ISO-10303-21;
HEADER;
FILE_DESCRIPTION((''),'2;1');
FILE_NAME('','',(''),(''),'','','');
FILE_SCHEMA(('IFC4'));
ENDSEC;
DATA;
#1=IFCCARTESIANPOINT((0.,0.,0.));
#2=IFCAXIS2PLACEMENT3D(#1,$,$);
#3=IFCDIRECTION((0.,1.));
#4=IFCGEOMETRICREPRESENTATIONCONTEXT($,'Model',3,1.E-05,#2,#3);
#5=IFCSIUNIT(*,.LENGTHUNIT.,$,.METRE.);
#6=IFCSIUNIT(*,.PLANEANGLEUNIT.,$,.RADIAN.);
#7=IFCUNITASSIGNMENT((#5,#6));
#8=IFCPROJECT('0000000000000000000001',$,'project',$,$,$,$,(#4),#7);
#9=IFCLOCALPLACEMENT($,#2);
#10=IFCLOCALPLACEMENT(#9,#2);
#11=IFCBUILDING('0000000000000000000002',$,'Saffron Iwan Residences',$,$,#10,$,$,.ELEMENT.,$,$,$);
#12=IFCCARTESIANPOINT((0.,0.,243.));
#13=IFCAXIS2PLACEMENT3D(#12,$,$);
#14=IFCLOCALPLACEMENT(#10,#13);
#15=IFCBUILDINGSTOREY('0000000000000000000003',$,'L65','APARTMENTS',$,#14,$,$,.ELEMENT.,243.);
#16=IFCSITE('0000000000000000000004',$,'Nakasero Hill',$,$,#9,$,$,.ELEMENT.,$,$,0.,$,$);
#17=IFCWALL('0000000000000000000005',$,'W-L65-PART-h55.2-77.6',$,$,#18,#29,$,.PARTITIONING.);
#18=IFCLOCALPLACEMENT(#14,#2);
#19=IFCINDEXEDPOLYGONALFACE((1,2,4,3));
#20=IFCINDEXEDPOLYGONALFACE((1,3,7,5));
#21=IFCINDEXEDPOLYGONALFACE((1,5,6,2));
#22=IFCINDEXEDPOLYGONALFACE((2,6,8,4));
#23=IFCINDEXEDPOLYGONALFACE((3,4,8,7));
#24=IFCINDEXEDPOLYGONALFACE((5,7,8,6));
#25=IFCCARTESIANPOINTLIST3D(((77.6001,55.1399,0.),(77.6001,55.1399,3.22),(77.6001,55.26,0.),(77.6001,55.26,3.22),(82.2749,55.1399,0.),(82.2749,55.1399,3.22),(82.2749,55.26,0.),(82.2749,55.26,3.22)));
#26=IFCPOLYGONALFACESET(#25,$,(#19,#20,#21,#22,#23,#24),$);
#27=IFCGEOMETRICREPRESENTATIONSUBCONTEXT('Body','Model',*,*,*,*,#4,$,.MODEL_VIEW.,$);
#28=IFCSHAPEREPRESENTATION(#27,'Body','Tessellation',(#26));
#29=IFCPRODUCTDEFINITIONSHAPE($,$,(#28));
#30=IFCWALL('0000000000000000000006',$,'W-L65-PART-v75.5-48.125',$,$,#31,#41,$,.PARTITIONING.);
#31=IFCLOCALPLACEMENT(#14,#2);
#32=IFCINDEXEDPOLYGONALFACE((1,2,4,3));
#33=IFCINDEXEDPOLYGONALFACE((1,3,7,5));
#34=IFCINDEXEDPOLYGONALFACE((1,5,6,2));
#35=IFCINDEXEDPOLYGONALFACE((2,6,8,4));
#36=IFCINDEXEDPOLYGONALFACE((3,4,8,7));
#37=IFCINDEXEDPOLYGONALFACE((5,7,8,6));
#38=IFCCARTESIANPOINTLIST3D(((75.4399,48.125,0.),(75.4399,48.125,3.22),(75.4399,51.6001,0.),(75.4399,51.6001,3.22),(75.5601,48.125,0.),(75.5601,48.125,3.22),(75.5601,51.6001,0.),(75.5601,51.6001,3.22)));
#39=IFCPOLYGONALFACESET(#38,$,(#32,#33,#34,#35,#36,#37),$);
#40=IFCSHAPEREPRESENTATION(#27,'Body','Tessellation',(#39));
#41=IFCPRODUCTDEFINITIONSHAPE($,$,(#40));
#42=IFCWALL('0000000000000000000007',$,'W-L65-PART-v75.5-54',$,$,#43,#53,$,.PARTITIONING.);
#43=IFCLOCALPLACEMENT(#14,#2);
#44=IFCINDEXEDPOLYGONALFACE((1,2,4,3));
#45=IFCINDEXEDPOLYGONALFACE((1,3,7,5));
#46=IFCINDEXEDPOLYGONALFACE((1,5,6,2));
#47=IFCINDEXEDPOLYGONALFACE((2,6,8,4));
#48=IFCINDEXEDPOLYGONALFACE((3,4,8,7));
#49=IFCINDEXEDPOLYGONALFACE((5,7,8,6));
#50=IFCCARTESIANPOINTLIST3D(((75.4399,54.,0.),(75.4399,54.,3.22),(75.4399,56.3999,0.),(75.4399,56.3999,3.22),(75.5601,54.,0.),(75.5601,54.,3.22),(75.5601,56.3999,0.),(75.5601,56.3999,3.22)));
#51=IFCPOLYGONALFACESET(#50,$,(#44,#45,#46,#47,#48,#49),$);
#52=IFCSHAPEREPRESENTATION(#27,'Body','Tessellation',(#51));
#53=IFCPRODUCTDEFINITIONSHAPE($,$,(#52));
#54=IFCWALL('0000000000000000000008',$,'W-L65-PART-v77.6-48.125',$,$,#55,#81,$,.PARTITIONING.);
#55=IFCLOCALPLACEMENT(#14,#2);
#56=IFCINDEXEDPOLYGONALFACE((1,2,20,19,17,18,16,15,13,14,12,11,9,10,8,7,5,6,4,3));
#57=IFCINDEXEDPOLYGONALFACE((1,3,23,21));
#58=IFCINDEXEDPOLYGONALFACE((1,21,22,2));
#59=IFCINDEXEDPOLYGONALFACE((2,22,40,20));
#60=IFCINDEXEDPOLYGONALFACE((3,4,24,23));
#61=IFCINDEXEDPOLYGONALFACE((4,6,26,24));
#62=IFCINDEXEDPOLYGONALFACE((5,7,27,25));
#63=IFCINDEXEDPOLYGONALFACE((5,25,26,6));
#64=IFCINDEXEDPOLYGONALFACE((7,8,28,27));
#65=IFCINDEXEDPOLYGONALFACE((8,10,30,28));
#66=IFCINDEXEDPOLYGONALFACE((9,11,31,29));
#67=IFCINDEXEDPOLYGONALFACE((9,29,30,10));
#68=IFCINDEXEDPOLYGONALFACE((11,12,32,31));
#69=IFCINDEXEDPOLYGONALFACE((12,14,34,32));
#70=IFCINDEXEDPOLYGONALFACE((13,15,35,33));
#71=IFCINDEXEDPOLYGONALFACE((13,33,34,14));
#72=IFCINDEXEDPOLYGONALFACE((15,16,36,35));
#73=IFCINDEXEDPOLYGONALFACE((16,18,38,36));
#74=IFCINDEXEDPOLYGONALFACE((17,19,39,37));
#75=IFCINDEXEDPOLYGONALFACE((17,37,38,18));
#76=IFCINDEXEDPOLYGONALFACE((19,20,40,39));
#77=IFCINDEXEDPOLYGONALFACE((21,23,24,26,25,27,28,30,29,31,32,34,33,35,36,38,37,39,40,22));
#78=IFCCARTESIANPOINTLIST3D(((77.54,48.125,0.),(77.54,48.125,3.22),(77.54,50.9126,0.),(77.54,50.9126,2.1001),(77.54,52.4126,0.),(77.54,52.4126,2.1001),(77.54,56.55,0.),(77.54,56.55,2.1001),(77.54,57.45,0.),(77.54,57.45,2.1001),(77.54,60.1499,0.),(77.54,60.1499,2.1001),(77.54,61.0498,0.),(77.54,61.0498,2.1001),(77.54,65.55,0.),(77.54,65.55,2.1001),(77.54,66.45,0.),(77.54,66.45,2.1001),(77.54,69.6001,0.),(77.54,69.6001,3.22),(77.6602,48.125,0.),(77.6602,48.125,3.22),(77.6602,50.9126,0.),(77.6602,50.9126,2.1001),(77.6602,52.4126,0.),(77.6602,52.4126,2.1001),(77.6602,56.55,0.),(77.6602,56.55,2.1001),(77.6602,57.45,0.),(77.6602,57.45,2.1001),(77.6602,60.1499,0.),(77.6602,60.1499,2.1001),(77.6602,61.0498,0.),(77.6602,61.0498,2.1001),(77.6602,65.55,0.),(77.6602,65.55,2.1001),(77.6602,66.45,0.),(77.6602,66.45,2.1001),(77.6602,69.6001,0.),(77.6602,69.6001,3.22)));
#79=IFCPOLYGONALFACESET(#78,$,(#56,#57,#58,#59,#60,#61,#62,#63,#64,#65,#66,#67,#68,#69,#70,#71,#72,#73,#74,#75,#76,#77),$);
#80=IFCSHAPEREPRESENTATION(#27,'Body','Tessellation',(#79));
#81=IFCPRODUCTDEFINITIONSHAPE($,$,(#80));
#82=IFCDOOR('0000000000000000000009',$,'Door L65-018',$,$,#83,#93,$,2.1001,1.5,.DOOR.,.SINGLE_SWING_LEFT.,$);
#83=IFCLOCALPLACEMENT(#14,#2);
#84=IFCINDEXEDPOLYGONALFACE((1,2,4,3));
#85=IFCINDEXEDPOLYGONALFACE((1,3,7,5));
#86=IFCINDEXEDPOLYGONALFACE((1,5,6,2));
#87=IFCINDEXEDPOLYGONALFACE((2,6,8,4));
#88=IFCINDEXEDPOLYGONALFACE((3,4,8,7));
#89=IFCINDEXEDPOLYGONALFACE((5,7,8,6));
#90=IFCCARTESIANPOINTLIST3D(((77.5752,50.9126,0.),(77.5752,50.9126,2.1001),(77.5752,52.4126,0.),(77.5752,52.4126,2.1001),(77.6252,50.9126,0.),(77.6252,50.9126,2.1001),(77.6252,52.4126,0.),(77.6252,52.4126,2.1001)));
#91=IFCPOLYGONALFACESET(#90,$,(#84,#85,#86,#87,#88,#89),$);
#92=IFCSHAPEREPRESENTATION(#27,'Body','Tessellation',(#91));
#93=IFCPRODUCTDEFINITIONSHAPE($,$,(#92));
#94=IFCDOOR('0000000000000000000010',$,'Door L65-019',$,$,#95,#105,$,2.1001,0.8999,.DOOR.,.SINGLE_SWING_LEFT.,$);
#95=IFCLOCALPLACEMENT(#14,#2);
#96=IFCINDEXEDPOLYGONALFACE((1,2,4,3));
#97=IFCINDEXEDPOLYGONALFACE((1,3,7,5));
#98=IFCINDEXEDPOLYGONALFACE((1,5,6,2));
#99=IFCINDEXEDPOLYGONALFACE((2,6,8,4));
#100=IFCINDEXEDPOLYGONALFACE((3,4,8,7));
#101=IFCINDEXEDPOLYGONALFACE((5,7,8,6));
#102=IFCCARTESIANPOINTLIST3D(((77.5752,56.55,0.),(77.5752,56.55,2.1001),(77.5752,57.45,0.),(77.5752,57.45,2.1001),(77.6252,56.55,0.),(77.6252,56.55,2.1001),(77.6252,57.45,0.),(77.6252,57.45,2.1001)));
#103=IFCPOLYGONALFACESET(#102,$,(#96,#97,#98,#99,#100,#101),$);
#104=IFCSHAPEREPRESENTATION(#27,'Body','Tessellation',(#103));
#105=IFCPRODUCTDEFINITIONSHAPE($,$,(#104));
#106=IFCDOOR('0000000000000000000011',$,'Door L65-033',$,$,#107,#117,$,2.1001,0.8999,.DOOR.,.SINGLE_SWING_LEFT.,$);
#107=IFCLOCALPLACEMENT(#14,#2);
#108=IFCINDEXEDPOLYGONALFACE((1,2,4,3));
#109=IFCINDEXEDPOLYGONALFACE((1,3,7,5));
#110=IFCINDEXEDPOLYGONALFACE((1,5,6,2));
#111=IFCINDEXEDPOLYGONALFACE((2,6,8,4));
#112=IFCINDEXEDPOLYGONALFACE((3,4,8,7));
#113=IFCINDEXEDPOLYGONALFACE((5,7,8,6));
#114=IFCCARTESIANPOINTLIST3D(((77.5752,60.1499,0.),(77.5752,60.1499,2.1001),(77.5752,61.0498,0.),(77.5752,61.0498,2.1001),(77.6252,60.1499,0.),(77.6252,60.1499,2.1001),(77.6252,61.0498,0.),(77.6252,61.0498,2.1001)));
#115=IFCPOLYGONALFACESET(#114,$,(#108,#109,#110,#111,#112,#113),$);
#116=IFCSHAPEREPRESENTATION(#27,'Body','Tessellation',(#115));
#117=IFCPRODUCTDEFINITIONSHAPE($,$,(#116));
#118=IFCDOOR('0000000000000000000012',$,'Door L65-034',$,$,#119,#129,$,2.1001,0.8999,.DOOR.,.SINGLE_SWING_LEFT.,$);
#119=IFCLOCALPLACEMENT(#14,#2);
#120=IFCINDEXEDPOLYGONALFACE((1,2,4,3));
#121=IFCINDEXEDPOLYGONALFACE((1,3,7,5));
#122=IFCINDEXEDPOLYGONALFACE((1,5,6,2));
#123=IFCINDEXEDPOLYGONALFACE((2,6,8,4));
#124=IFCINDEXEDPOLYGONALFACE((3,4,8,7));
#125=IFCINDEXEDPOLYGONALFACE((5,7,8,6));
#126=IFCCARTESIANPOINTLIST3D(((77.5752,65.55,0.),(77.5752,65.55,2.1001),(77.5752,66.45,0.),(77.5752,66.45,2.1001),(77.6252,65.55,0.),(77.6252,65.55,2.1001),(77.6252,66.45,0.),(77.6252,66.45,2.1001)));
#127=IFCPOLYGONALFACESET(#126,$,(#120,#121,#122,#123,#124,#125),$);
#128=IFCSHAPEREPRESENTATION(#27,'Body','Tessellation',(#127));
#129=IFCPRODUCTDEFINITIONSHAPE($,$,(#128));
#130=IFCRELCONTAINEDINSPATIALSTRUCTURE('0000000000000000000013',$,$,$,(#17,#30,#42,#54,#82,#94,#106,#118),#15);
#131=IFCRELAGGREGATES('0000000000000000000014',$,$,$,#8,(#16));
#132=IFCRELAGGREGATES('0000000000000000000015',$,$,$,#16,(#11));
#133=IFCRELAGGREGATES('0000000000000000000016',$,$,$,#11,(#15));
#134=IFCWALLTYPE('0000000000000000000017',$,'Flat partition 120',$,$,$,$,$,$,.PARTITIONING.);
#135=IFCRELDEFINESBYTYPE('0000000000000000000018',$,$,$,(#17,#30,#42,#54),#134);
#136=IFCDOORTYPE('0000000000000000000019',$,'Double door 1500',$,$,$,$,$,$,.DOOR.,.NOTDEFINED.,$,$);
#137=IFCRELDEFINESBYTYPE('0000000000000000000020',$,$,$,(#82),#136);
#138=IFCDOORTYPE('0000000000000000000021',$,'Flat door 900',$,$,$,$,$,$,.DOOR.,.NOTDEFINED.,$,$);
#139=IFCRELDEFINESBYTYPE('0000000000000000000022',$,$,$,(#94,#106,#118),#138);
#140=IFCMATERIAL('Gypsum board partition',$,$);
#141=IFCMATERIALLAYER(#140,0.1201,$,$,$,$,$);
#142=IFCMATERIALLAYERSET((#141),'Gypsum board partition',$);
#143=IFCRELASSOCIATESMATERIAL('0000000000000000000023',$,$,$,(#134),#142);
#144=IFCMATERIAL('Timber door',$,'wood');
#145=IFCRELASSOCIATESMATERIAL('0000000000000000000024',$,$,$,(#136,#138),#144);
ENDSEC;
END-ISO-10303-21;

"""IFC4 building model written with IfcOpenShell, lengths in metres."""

from ifc_helpers import new_model, si_unit, direction, frame, frame_2d, origin, place, context, subcontext, project, spatial, rectangle, extrude, material, layer, layer_set, type_object, element, fill, save


model = new_model("IFC4")

# Units and contexts
model_context = context("Model", 3, precision=1e-05, world=origin(), true_north=direction((0.0, 1.0)))
body_context = subcontext(model_context, "Body", "Model", "MODEL_VIEW")
ifc_project = project(units=[si_unit("LENGTHUNIT", "METRE"), si_unit("PLANEANGLEUNIT", "RADIAN")], contexts=[model_context])

# Site, building, storey
site_placement = place(None, origin())
site = spatial("IfcSite", under=ifc_project, at=site_placement, Name="Nakasero Hill", CompositionType="ELEMENT", RefElevation=0.0)
building_placement = place(site_placement, origin())
building = spatial("IfcBuilding", under=site, at=building_placement, Name="Saffron Iwan Residences", CompositionType="ELEMENT")
storey_placement = place(building_placement, frame((0.0, 0.0, 243.0)))
storey = spatial("IfcBuildingStorey", under=building, at=storey_placement, Name="L65", Description="APARTMENTS", CompositionType="ELEMENT", Elevation=243.0)

# Walls
ifc_material_1 = material(Name="Gypsum board partition")
ifc_layer_1 = layer(ifc_material_1, 0.1201)
ifc_layer_set_1 = layer_set([ifc_layer_1], Name="Gypsum board partition")
wall_type_1 = type_object("IfcWallType", Name="Flat partition 120", PredefinedType="PARTITIONING", material=ifc_layer_set_1)
wall_1_placement = place(storey_placement, frame((77.6001, 55.2, 0.0), z_axis=(0.0, 0.0, 1.0), x_axis=(1.0, 0.0, 0.0)))
element("IfcWall", 1, at=wall_1_placement, inside=storey, type_object=wall_type_1, Name="W-L65-PART-h55.2-77.6", PredefinedType="PARTITIONING", context=body_context, shape_type="SweptSolid", body=[
    extrude(rectangle(XDim=4.6748, YDim=0.1201, at=frame_2d((2.3374, 0.0))), origin(), (0.0, 0.0, 1.0), 3.22),
])
wall_2_placement = place(storey_placement, frame((75.5, 48.125, 0.0), z_axis=(0.0, 0.0, 1.0), x_axis=(0.0, 1.0, 0.0)))
element("IfcWall", 2, at=wall_2_placement, inside=storey, type_object=wall_type_1, Name="W-L65-PART-v75.5-48.125", PredefinedType="PARTITIONING", context=body_context, shape_type="SweptSolid", body=[
    extrude(rectangle(XDim=3.4751, YDim=0.1201, at=frame_2d((1.7375, 0.0))), origin(), (0.0, 0.0, 1.0), 3.22),
])
wall_3_placement = place(storey_placement, frame((75.5, 54.0, 0.0), z_axis=(0.0, 0.0, 1.0), x_axis=(0.0, 1.0, 0.0)))
element("IfcWall", 3, at=wall_3_placement, inside=storey, type_object=wall_type_1, Name="W-L65-PART-v75.5-54", PredefinedType="PARTITIONING", context=body_context, shape_type="SweptSolid", body=[
    extrude(rectangle(XDim=2.3999, YDim=0.1201, at=frame_2d((1.2, 0.0))), origin(), (0.0, 0.0, 1.0), 3.22),
])

# Wall, openings, doors
wall_4_placement = place(storey_placement, frame((77.6001, 48.125, 0.0), z_axis=(0.0, 0.0, 1.0), x_axis=(0.0, 1.0, 0.0)))
wall_4 = element("IfcWall", 4, at=wall_4_placement, inside=storey, type_object=wall_type_1, Name="W-L65-PART-v77.6-48.125", PredefinedType="PARTITIONING", context=body_context, shape_type="SweptSolid", body=[
    extrude(rectangle(XDim=21.4751, YDim=0.1201, at=frame_2d((10.7375, 0.0))), origin(), (0.0, 0.0, 1.0), 3.22),
])
opening_1_placement = place(wall_4_placement, frame((2.7876, 0.0, 0.0)))
opening_1 = element("IfcOpeningElement", 5, at=opening_1_placement, cuts=wall_4, PredefinedType="OPENING", context=body_context, shape_type="SweptSolid", body=[
    extrude(rectangle(XDim=1.5, YDim=2.1001, at=frame_2d((0.75, 1.05))), frame((0.0, 0.0701, 0.0), z_axis=(0.0, -1.0, 0.0), x_axis=(1.0, 0.0, 0.0)), (0.0, 0.0, 1.0), 0.1401),
])
opening_2_placement = place(wall_4_placement, frame((8.425, 0.0, 0.0)))
opening_2 = element("IfcOpeningElement", 6, at=opening_2_placement, cuts=wall_4, PredefinedType="OPENING", context=body_context, shape_type="SweptSolid", body=[
    extrude(rectangle(XDim=0.8999, YDim=2.1001, at=frame_2d((0.45, 1.05))), frame((0.0, 0.0701, 0.0), z_axis=(0.0, -1.0, 0.0), x_axis=(1.0, 0.0, 0.0)), (0.0, 0.0, 1.0), 0.1401),
])
opening_3_placement = place(wall_4_placement, frame((12.0249, 0.0, 0.0)))
opening_3 = element("IfcOpeningElement", 7, at=opening_3_placement, cuts=wall_4, PredefinedType="OPENING", context=body_context, shape_type="SweptSolid", body=[
    extrude(rectangle(XDim=0.8999, YDim=2.1001, at=frame_2d((0.45, 1.05))), frame((0.0, 0.0701, 0.0), z_axis=(0.0, -1.0, 0.0), x_axis=(1.0, 0.0, 0.0)), (0.0, 0.0, 1.0), 0.1401),
])
opening_4_placement = place(wall_4_placement, frame((17.425, 0.0, 0.0)))
opening_4 = element("IfcOpeningElement", 8, at=opening_4_placement, cuts=wall_4, PredefinedType="OPENING", context=body_context, shape_type="SweptSolid", body=[
    extrude(rectangle(XDim=0.8999, YDim=2.1001, at=frame_2d((0.45, 1.05))), frame((0.0, 0.0701, 0.0), z_axis=(0.0, -1.0, 0.0), x_axis=(1.0, 0.0, 0.0)), (0.0, 0.0, 1.0), 0.1401),
])
ifc_material_2 = material(Name="Timber door", Category="wood")
door_type_1 = type_object("IfcDoorType", Name="Double door 1500", OperationType="NOTDEFINED", PredefinedType="DOOR", material=ifc_material_2)
door_1_placement = place(opening_1_placement, origin())
door_1 = element("IfcDoor", 9, at=door_1_placement, inside=storey, type_object=door_type_1, Name="Door L65-018", OperationType="SINGLE_SWING_LEFT", OverallHeight=2.1001, OverallWidth=1.5, PredefinedType="DOOR", context=body_context, shape_type="SweptSolid", body=[
    extrude(rectangle(XDim=1.5, YDim=2.1001, at=frame_2d((0.75, 1.05))), frame((0.0, 0.0249, 0.0), z_axis=(0.0, -1.0, 0.0), x_axis=(1.0, 0.0, 0.0)), (0.0, 0.0, 1.0), 0.05),
])
fill(opening_1, door_1)
door_type_2 = type_object("IfcDoorType", Name="Flat door 900", OperationType="NOTDEFINED", PredefinedType="DOOR", material=ifc_material_2)
door_2_placement = place(opening_2_placement, origin())
door_2 = element("IfcDoor", 10, at=door_2_placement, inside=storey, type_object=door_type_2, Name="Door L65-019", OperationType="SINGLE_SWING_LEFT", OverallHeight=2.1001, OverallWidth=0.8999, PredefinedType="DOOR", context=body_context, shape_type="SweptSolid", body=[
    extrude(rectangle(XDim=0.8999, YDim=2.1001, at=frame_2d((0.45, 1.05))), frame((0.0, 0.0249, 0.0), z_axis=(0.0, -1.0, 0.0), x_axis=(1.0, 0.0, 0.0)), (0.0, 0.0, 1.0), 0.05),
])
fill(opening_2, door_2)
door_3_placement = place(opening_3_placement, origin())
door_3 = element("IfcDoor", 11, at=door_3_placement, inside=storey, type_object=door_type_2, Name="Door L65-033", OperationType="SINGLE_SWING_LEFT", OverallHeight=2.1001, OverallWidth=0.8999, PredefinedType="DOOR", context=body_context, shape_type="SweptSolid", body=[
    extrude(rectangle(XDim=0.8999, YDim=2.1001, at=frame_2d((0.45, 1.05))), frame((0.0, 0.0249, 0.0), z_axis=(0.0, -1.0, 0.0), x_axis=(1.0, 0.0, 0.0)), (0.0, 0.0, 1.0), 0.05),
])
fill(opening_3, door_3)
door_4_placement = place(opening_4_placement, origin())
door_4 = element("IfcDoor", 12, at=door_4_placement, inside=storey, type_object=door_type_2, Name="Door L65-034", OperationType="SINGLE_SWING_LEFT", OverallHeight=2.1001, OverallWidth=0.8999, PredefinedType="DOOR", context=body_context, shape_type="SweptSolid", body=[
    extrude(rectangle(XDim=0.8999, YDim=2.1001, at=frame_2d((0.45, 1.05))), frame((0.0, 0.0249, 0.0), z_axis=(0.0, -1.0, 0.0), x_axis=(1.0, 0.0, 0.0)), (0.0, 0.0, 1.0), 0.05),
])
fill(opening_4, door_4)

save(model, "model.ifc")
